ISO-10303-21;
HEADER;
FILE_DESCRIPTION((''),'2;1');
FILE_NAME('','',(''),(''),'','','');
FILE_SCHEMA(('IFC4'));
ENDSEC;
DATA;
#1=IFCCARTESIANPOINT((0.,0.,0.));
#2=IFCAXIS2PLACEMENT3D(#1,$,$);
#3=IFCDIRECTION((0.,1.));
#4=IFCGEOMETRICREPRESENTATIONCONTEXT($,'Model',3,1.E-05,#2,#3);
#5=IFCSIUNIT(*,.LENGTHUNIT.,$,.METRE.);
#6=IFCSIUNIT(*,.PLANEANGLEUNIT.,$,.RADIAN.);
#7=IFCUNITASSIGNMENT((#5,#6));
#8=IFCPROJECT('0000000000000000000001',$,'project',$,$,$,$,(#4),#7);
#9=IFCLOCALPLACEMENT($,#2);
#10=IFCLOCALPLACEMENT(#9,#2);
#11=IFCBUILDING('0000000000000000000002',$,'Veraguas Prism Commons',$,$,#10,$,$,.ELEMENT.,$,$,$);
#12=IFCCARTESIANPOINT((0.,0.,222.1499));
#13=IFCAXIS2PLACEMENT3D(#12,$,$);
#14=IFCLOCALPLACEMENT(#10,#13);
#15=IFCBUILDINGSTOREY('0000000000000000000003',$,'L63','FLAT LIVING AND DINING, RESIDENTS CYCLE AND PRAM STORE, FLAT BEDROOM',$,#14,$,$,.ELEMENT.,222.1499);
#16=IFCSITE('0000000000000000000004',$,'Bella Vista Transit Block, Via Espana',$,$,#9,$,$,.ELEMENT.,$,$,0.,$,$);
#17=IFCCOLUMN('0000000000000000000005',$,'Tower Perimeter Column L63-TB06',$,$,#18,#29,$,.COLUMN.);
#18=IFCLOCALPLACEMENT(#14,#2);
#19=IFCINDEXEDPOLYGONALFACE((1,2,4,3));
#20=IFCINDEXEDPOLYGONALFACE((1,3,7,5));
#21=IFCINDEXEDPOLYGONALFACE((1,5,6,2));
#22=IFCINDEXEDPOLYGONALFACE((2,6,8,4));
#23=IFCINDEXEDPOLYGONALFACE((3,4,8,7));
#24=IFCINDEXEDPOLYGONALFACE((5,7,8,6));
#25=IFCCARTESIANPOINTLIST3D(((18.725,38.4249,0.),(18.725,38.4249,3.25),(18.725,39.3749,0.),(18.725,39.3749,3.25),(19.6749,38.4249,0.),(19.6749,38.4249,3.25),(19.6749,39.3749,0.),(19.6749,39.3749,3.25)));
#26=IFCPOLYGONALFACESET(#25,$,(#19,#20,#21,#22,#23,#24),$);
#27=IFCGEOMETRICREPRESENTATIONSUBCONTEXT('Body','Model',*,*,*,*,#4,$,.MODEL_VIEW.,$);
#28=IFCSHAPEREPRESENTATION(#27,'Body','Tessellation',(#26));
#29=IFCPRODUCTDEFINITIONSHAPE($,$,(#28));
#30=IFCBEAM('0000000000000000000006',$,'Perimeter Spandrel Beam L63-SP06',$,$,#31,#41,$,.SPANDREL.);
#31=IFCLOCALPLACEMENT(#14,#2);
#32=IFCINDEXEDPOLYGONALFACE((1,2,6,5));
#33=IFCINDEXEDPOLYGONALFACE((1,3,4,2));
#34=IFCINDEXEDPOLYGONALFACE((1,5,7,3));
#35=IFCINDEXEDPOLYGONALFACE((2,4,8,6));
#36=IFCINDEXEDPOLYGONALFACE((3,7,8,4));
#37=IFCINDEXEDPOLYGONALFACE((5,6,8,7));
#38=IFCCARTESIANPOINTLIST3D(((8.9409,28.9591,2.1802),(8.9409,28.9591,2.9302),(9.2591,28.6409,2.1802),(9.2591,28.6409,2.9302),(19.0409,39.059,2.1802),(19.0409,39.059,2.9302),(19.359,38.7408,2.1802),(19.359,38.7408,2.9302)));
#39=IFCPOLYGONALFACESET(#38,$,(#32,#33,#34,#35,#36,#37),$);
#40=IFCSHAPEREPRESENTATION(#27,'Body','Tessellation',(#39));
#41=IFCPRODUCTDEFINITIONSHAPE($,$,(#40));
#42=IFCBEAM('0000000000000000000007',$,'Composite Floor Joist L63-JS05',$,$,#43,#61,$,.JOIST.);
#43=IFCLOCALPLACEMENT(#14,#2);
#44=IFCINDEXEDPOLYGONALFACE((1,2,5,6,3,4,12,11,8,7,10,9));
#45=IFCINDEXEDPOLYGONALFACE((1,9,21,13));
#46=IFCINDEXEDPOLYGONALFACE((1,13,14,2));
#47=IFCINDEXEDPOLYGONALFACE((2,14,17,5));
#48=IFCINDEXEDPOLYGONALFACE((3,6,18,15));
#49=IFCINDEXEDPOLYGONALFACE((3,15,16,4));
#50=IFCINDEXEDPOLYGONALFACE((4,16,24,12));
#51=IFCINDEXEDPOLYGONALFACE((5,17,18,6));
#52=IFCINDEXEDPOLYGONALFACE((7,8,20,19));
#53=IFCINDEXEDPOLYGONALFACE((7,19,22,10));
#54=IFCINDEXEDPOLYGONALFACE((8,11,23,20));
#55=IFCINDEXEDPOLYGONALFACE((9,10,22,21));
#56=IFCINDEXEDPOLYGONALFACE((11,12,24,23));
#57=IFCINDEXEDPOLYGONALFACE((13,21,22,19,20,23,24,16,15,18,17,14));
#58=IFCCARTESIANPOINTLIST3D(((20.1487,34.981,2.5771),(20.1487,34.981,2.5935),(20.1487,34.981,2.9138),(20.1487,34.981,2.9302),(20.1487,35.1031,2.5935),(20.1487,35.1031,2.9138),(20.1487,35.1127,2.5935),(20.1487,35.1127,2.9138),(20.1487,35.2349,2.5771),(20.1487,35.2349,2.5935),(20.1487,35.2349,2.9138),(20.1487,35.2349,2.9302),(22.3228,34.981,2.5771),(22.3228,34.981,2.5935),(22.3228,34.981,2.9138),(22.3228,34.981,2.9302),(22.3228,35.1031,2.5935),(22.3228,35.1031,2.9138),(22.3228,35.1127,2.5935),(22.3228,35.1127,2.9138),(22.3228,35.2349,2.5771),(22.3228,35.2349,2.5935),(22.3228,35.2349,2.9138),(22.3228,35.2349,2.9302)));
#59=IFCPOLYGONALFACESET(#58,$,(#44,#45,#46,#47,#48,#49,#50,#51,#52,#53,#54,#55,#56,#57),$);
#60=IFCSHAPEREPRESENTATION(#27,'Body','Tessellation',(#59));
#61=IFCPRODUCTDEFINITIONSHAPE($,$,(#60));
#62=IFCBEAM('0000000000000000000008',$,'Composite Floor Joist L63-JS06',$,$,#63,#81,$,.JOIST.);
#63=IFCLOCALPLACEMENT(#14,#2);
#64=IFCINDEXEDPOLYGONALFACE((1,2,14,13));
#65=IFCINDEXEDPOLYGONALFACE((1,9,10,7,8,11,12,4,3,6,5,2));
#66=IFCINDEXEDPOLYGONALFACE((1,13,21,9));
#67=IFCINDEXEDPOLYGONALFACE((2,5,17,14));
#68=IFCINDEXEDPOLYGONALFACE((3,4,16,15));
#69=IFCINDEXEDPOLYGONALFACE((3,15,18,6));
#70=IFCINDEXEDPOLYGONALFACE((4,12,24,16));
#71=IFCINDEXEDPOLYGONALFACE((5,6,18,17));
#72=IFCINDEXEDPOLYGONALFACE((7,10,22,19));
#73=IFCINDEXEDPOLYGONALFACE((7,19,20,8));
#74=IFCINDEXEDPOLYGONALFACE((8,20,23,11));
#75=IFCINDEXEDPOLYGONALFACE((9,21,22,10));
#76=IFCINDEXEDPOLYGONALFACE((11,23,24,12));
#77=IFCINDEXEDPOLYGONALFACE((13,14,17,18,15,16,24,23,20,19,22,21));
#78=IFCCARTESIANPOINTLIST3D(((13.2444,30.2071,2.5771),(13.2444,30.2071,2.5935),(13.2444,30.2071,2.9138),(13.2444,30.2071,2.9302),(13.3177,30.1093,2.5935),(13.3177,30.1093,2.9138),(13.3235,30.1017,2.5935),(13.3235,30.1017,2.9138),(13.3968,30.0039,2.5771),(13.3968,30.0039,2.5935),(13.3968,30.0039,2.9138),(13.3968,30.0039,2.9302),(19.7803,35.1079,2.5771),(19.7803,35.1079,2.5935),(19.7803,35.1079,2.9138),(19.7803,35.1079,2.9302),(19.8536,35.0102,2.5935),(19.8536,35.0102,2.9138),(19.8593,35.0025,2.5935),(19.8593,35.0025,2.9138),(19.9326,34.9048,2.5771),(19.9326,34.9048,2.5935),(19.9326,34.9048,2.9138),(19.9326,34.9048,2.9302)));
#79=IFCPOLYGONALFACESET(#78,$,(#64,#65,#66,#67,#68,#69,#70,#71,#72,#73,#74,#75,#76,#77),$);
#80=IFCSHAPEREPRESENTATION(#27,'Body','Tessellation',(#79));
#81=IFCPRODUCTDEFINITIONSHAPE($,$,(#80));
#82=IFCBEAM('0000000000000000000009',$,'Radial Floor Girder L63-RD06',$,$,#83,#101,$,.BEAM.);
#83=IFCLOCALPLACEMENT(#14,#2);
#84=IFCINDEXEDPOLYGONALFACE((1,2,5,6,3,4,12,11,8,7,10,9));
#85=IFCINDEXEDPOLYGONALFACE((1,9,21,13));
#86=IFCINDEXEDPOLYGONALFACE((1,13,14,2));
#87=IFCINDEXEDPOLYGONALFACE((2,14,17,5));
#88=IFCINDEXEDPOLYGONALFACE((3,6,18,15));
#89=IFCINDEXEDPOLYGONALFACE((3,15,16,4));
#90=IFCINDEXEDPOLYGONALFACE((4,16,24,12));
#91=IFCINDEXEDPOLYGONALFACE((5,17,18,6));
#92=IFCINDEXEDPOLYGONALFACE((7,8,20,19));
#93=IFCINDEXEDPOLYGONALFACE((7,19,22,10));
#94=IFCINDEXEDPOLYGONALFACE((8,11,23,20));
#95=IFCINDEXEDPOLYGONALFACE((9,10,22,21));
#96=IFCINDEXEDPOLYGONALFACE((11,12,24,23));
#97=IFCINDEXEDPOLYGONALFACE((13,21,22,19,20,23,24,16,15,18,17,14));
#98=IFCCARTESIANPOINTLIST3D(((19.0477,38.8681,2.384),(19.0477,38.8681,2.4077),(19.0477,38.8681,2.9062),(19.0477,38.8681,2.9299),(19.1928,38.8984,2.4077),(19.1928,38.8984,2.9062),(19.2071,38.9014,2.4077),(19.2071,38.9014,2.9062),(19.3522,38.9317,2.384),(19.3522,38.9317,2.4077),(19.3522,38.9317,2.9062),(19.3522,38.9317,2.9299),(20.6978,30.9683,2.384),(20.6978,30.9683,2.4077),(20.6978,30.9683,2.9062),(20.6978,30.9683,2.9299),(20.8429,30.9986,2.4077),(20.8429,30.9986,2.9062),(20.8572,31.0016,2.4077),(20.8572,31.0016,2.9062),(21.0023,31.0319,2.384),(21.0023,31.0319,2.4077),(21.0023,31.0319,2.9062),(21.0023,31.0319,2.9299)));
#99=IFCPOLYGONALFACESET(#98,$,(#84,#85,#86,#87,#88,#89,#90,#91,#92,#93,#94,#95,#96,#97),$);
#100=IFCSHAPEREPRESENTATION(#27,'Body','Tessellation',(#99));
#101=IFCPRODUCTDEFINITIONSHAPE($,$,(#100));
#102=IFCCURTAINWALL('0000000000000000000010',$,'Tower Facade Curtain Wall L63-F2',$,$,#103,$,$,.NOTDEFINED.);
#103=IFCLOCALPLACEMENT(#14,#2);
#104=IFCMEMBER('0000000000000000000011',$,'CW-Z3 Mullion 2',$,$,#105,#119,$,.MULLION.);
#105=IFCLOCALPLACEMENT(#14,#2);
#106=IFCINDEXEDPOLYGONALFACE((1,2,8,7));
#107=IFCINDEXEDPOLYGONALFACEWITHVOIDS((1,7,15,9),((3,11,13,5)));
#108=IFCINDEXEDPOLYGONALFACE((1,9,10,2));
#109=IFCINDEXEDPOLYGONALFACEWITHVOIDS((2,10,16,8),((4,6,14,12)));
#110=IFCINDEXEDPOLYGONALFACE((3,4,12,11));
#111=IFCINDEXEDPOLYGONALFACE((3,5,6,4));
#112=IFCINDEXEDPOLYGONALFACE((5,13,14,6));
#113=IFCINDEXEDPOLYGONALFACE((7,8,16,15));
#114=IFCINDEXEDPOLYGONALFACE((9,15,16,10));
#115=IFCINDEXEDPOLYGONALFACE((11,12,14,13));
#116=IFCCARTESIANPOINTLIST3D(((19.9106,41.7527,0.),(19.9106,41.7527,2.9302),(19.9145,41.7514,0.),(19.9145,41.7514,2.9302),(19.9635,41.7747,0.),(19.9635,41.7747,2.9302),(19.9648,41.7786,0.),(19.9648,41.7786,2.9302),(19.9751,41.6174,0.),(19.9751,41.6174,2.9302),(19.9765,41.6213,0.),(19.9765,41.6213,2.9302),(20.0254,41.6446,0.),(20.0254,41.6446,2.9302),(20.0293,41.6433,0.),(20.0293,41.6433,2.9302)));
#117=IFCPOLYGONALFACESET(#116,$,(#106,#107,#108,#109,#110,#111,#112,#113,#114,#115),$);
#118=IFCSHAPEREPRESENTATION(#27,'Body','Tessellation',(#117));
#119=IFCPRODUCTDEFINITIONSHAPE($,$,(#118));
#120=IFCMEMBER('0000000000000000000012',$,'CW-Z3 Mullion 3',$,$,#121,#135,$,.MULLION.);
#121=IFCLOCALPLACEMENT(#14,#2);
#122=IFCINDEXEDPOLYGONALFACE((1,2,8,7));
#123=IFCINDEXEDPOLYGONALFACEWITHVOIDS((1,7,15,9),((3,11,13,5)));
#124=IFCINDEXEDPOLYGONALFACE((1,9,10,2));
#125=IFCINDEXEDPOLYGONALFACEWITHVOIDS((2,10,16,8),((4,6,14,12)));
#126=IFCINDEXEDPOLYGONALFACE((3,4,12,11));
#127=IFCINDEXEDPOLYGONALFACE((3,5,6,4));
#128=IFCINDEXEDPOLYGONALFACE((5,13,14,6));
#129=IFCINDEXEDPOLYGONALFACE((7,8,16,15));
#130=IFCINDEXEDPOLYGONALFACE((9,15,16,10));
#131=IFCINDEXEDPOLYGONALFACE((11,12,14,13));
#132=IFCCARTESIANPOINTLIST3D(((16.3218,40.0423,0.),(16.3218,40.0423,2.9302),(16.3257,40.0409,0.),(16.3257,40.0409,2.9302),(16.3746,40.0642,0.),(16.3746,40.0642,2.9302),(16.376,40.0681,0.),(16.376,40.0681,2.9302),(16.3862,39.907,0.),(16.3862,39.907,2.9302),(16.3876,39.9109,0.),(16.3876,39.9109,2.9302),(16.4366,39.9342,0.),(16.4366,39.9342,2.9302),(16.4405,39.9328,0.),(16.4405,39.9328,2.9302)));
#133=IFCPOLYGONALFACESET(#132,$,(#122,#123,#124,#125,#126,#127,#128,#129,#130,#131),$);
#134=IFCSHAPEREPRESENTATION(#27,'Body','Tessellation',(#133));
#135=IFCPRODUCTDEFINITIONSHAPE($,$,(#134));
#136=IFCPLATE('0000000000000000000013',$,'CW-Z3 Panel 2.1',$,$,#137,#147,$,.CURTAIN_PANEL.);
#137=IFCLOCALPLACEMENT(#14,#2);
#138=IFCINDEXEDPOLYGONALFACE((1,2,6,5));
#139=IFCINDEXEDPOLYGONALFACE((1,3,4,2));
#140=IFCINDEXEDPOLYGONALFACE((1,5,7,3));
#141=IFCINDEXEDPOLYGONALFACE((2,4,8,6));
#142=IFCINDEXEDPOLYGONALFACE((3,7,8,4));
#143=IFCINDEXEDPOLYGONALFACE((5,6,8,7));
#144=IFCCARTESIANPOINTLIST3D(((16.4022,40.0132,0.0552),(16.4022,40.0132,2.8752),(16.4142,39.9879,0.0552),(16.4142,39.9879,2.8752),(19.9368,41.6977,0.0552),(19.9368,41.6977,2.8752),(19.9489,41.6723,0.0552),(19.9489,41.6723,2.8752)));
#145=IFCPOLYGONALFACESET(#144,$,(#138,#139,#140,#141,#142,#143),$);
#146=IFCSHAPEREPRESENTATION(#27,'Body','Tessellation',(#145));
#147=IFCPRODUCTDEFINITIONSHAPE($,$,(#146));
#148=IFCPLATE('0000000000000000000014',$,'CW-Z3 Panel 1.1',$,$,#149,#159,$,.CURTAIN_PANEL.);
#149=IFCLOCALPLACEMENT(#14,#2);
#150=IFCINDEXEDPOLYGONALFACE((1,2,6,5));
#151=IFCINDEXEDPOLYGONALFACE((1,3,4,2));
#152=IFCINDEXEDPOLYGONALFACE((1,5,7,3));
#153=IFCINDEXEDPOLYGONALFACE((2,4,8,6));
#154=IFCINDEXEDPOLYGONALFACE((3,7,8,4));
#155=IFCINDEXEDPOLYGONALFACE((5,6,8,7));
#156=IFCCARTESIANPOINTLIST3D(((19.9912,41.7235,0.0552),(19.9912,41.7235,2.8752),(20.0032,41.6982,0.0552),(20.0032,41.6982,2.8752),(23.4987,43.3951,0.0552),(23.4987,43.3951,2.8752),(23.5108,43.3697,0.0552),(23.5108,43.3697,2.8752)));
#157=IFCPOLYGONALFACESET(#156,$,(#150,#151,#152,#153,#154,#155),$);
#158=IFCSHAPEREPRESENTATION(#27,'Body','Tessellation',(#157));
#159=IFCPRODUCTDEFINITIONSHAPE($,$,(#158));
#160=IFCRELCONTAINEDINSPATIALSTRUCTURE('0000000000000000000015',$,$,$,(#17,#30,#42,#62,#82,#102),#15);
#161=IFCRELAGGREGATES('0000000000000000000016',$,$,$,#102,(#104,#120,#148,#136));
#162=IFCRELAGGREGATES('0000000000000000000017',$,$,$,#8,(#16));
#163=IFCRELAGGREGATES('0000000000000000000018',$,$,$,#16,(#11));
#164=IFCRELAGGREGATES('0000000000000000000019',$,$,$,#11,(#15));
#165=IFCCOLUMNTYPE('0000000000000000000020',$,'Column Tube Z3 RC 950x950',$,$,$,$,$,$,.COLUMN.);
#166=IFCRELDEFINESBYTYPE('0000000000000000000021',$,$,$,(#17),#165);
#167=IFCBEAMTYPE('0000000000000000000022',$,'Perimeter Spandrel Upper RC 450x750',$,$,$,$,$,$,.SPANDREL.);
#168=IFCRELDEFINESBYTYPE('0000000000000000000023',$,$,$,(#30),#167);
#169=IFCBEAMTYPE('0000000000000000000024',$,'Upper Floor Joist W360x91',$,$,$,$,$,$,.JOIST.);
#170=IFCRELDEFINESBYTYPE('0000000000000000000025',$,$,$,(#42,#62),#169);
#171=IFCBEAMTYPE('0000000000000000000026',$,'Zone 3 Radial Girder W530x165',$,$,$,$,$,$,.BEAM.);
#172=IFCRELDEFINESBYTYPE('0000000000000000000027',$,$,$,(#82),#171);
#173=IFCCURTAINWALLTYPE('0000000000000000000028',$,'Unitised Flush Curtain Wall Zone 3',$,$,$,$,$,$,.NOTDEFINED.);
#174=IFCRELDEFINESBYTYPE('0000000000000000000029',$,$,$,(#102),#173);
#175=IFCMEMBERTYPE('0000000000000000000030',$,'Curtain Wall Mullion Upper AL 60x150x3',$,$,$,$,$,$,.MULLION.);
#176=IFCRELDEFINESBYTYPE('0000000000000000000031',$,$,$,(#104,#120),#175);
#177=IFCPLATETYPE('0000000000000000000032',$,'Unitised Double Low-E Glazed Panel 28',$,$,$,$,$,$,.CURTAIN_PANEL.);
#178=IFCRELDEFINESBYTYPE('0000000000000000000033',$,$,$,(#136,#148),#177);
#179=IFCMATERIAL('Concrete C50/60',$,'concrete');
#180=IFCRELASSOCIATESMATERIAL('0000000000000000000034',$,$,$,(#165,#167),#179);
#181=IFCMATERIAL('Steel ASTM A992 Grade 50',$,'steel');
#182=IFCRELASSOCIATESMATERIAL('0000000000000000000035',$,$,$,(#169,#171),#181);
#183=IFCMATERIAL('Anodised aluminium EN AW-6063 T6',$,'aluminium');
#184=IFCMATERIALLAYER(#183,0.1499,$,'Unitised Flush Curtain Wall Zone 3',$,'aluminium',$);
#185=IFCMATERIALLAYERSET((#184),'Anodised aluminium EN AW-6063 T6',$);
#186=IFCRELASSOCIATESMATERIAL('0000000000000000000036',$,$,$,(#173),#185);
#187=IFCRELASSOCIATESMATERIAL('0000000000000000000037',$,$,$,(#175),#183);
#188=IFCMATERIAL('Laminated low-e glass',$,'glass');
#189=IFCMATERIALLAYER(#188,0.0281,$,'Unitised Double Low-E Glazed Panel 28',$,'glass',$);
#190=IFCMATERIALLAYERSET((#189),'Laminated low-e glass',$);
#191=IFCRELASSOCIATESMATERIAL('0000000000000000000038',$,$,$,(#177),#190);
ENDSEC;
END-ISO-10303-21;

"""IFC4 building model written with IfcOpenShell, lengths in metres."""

from ifc_helpers import new_model, si_unit, direction, frame, origin, origin_2d, place, context, subcontext, project, spatial, rectangle, hollow_rectangle, i_section, extrude, source, transform, mapped, material, layer, layer_set, material_profile, profile_set, type_object, element, aggregate, save


model = new_model("IFC4")

# Units and contexts
model_context = context("Model", 3, precision=1e-05, world=origin(), true_north=direction((0.0, 1.0)))
body_context = subcontext(model_context, "Body", "Model", "MODEL_VIEW")
ifc_project = project(units=[si_unit("LENGTHUNIT", "METRE"), si_unit("PLANEANGLEUNIT", "RADIAN")], contexts=[model_context])

# Site, building, storey
site_placement = place(None, origin())
site = spatial("IfcSite", under=ifc_project, at=site_placement, Name="Bella Vista Transit Block, Via Espana", CompositionType="ELEMENT", RefElevation=0.0)
building_placement = place(site_placement, origin())
building = spatial("IfcBuilding", under=site, at=building_placement, Name="Veraguas Prism Commons", CompositionType="ELEMENT")
storey_placement = place(building_placement, frame((0.0, 0.0, 222.1499)))
storey = spatial("IfcBuildingStorey", under=building, at=storey_placement, Name="L63", Description="FLAT LIVING AND DINING, RESIDENTS CYCLE AND PRAM STORE, FLAT BEDROOM", CompositionType="ELEMENT", Elevation=222.1499)

# Column
ifc_material_1 = material(Name="Concrete C50/60", Category="concrete")
ifc_material_profile_1 = material_profile(ifc_material_1, rectangle(XDim=0.95, YDim=0.95, at=origin_2d()), Name="RC950X950")
ifc_profile_set_1 = profile_set([ifc_material_profile_1], Name="Concrete C50/60")
column_type = type_object("IfcColumnType", Name="Column Tube Z3 RC 950x950", PredefinedType="COLUMN", material=ifc_profile_set_1)
column_placement = place(storey_placement, frame((19.2, 38.8999, 0.0), z_axis=(0.0, 0.0, 1.0), x_axis=(1.0, 0.0, 0.0)))
element("IfcColumn", 1, at=column_placement, inside=storey, type_object=column_type, Name="Tower Perimeter Column L63-TB06", PredefinedType="COLUMN", context=body_context, shape_type="SweptSolid", body=[
    extrude(rectangle(XDim=0.95, YDim=0.95, at=origin_2d()), origin(), (0.0, 0.0, 1.0), 3.25),
])

# Beams
ifc_material_profile_2 = material_profile(ifc_material_1, rectangle(XDim=0.45, YDim=0.75, at=origin_2d()), Name="RC450X750")
ifc_profile_set_2 = profile_set([ifc_material_profile_2], Name="Concrete C50/60")
beam_type_1 = type_object("IfcBeamType", Name="Perimeter Spandrel Upper RC 450x750", PredefinedType="SPANDREL", material=ifc_profile_set_2)
beam_1_placement = place(storey_placement, frame((19.2, 38.8999, 2.5552), z_axis=(-0.707107, -0.707107, 0.0), x_axis=(0.707107, -0.707107, 0.0)))
element("IfcBeam", 2, at=beam_1_placement, inside=storey, type_object=beam_type_1, Name="Perimeter Spandrel Beam L63-SP06", PredefinedType="SPANDREL", context=body_context, shape_type="SweptSolid", body=[
    extrude(rectangle(XDim=0.45, YDim=0.75, at=origin_2d()), origin(), (0.0, 0.0, 1.0), 14.2834),
])
ifc_material_2 = material(Name="Steel ASTM A992 Grade 50", Category="steel")
ifc_material_profile_3 = material_profile(ifc_material_2, i_section(OverallWidth=0.2539, OverallDepth=0.353, WebThickness=0.0095, FlangeThickness=0.0164, at=origin_2d()), Name="W360X91")
ifc_profile_set_3 = profile_set([ifc_material_profile_3], Name="Steel ASTM A992 Grade 50")
beam_type_2 = type_object("IfcBeamType", Name="Upper Floor Joist W360x91", PredefinedType="JOIST", material=ifc_profile_set_3)
beam_2_placement = place(storey_placement, frame((22.3228, 35.1079, 2.7537), z_axis=(-1.0, 0.0, 0.0), x_axis=(0.0, -1.0, 0.0)))
element("IfcBeam", 3, at=beam_2_placement, inside=storey, type_object=beam_type_2, Name="Composite Floor Joist L63-JS05", PredefinedType="JOIST", context=body_context, shape_type="SweptSolid", body=[
    extrude(i_section(OverallWidth=0.2539, OverallDepth=0.353, WebThickness=0.0095, FlangeThickness=0.0164, at=origin_2d()), origin(), (0.0, 0.0, 1.0), 2.1741),
])
beam_3_placement = place(storey_placement, frame((19.8564, 35.0063, 2.7537), z_axis=(-0.800061, -0.599919, 0.0), x_axis=(0.599919, -0.800061, 0.0)))
element("IfcBeam", 4, at=beam_3_placement, inside=storey, type_object=beam_type_2, Name="Composite Floor Joist L63-JS06", PredefinedType="JOIST", context=body_context, shape_type="SweptSolid", body=[
    extrude(i_section(OverallWidth=0.2539, OverallDepth=0.353, WebThickness=0.0095, FlangeThickness=0.0164, at=origin_2d()), origin(), (0.0, 0.0, 1.0), 8.1692),
])
ifc_material_profile_4 = material_profile(ifc_material_2, i_section(OverallWidth=0.311, OverallDepth=0.5459, WebThickness=0.0146, FlangeThickness=0.0237, at=origin_2d()), Name="W530X165")
ifc_profile_set_4 = profile_set([ifc_material_profile_4], Name="Steel ASTM A992 Grade 50")
beam_type_3 = type_object("IfcBeamType", Name="Zone 3 Radial Girder W530x165", PredefinedType="BEAM", material=ifc_profile_set_4)
beam_4_placement = place(storey_placement, frame((19.2, 38.8999, 2.657), z_axis=(0.204469, -0.978873, 0.0), x_axis=(0.978873, 0.204469, 0.0)))
element("IfcBeam", 5, at=beam_4_placement, inside=storey, type_object=beam_type_3, Name="Radial Floor Girder L63-RD06", PredefinedType="BEAM", context=body_context, shape_type="SweptSolid", body=[
    extrude(i_section(OverallWidth=0.311, OverallDepth=0.5459, WebThickness=0.0146, FlangeThickness=0.0237, at=origin_2d()), origin(), (0.0, 0.0, 1.0), 8.0703),
])

# Curtain wall, members, plates
ifc_material_3 = material(Name="Anodised aluminium EN AW-6063 T6", Category="aluminium")
ifc_layer_1 = layer(ifc_material_3, 0.1499, Name="Unitised Flush Curtain Wall Zone 3", Category="aluminium")
ifc_layer_set_1 = layer_set([ifc_layer_1], Name="Anodised aluminium EN AW-6063 T6")
curtain_wall_type = type_object("IfcCurtainWallType", Name="Unitised Flush Curtain Wall Zone 3", PredefinedType="NOTDEFINED", material=ifc_layer_set_1)
curtain_wall_placement = place(storey_placement, origin())
curtain_wall = element("IfcCurtainWall", 6, at=curtain_wall_placement, inside=storey, type_object=curtain_wall_type, Name="Tower Facade Curtain Wall L63-F2", PredefinedType="NOTDEFINED")
ifc_material_profile_5 = material_profile(ifc_material_3, hollow_rectangle(XDim=0.0601, YDim=0.1499, WallThickness=0.0029, at=origin_2d()), Name="AL60X150X3")
ifc_profile_set_5 = profile_set([ifc_material_profile_5], Name="Anodised aluminium EN AW-6063 T6")
member_type = type_object("IfcMemberType", Name="Curtain Wall Mullion Upper AL 60x150x3", PredefinedType="MULLION", material=ifc_profile_set_5)
shared_shape_1 = source(origin(), body_context, "Body", "SweptSolid", [
    extrude(hollow_rectangle(XDim=0.0601, YDim=0.1499, WallThickness=0.0029, at=origin_2d()), origin(), (0.0, 0.0, 1.0), 2.9302),
])
member_1_placement = place(storey_placement, frame((19.97, 41.698, 0.0), z_axis=(0.0, 0.0, 1.0), x_axis=(-0.902733, -0.430201, 0.0)))
member_1 = element("IfcMember", 7, at=member_1_placement, type_object=member_type, Name="CW-Z3 Mullion 2", PredefinedType="MULLION", context=body_context, shape_type="MappedRepresentation", body=[
    mapped(shared_shape_1, transform((0.0, 0.0, 0.0), scale=1.0)),
])
member_2_placement = place(storey_placement, frame((16.3811, 39.9875, 0.0), z_axis=(0.0, 0.0, 1.0), x_axis=(-0.902733, -0.430201, 0.0)))
member_2 = element("IfcMember", 8, at=member_2_placement, type_object=member_type, Name="CW-Z3 Mullion 3", PredefinedType="MULLION", context=body_context, shape_type="MappedRepresentation", body=[
    mapped(shared_shape_1, transform((0.0, 0.0, 0.0), scale=1.0)),
])
ifc_material_4 = material(Name="Laminated low-e glass", Category="glass")
ifc_layer_2 = layer(ifc_material_4, 0.0281, Name="Unitised Double Low-E Glazed Panel 28", Category="glass")
ifc_layer_set_2 = layer_set([ifc_layer_2], Name="Laminated low-e glass")
plate_type = type_object("IfcPlateType", Name="Unitised Double Low-E Glazed Panel 28", PredefinedType="CURTAIN_PANEL", material=ifc_layer_set_2)
shared_shape_2 = source(origin(), body_context, "Body", "SweptSolid", [
    extrude(rectangle(XDim=3.9155, YDim=0.0281, at=origin_2d()), origin(), (0.0, 0.0, 1.0), 2.8201),
])
plate_1_placement = place(storey_placement, frame((18.1755, 40.8428, 0.0552), z_axis=(0.0, 0.0, 1.0), x_axis=(-0.902733, -0.430201, 0.0)))
plate_1 = element("IfcPlate", 9, at=plate_1_placement, type_object=plate_type, Name="CW-Z3 Panel 2.1", PredefinedType="CURTAIN_PANEL", context=body_context, shape_type="MappedRepresentation", body=[
    mapped(shared_shape_2, transform((0.0, 0.0, 0.0), scale=1.0)),
])
shared_shape_3 = source(origin(), body_context, "Body", "SweptSolid", [
    extrude(rectangle(XDim=3.8855, YDim=0.0281, at=origin_2d()), origin(), (0.0, 0.0, 1.0), 2.8201),
])
plate_2_placement = place(storey_placement, frame((21.751, 42.5466, 0.0552), z_axis=(0.0, 0.0, 1.0), x_axis=(-0.902733, -0.430201, 0.0)))
plate_2 = element("IfcPlate", 10, at=plate_2_placement, type_object=plate_type, Name="CW-Z3 Panel 1.1", PredefinedType="CURTAIN_PANEL", context=body_context, shape_type="MappedRepresentation", body=[
    mapped(shared_shape_3, transform((0.0, 0.0, 0.0), scale=1.0)),
])
aggregate(curtain_wall, [member_1, member_2, plate_2, plate_1])

save(model, "model.ifc")
